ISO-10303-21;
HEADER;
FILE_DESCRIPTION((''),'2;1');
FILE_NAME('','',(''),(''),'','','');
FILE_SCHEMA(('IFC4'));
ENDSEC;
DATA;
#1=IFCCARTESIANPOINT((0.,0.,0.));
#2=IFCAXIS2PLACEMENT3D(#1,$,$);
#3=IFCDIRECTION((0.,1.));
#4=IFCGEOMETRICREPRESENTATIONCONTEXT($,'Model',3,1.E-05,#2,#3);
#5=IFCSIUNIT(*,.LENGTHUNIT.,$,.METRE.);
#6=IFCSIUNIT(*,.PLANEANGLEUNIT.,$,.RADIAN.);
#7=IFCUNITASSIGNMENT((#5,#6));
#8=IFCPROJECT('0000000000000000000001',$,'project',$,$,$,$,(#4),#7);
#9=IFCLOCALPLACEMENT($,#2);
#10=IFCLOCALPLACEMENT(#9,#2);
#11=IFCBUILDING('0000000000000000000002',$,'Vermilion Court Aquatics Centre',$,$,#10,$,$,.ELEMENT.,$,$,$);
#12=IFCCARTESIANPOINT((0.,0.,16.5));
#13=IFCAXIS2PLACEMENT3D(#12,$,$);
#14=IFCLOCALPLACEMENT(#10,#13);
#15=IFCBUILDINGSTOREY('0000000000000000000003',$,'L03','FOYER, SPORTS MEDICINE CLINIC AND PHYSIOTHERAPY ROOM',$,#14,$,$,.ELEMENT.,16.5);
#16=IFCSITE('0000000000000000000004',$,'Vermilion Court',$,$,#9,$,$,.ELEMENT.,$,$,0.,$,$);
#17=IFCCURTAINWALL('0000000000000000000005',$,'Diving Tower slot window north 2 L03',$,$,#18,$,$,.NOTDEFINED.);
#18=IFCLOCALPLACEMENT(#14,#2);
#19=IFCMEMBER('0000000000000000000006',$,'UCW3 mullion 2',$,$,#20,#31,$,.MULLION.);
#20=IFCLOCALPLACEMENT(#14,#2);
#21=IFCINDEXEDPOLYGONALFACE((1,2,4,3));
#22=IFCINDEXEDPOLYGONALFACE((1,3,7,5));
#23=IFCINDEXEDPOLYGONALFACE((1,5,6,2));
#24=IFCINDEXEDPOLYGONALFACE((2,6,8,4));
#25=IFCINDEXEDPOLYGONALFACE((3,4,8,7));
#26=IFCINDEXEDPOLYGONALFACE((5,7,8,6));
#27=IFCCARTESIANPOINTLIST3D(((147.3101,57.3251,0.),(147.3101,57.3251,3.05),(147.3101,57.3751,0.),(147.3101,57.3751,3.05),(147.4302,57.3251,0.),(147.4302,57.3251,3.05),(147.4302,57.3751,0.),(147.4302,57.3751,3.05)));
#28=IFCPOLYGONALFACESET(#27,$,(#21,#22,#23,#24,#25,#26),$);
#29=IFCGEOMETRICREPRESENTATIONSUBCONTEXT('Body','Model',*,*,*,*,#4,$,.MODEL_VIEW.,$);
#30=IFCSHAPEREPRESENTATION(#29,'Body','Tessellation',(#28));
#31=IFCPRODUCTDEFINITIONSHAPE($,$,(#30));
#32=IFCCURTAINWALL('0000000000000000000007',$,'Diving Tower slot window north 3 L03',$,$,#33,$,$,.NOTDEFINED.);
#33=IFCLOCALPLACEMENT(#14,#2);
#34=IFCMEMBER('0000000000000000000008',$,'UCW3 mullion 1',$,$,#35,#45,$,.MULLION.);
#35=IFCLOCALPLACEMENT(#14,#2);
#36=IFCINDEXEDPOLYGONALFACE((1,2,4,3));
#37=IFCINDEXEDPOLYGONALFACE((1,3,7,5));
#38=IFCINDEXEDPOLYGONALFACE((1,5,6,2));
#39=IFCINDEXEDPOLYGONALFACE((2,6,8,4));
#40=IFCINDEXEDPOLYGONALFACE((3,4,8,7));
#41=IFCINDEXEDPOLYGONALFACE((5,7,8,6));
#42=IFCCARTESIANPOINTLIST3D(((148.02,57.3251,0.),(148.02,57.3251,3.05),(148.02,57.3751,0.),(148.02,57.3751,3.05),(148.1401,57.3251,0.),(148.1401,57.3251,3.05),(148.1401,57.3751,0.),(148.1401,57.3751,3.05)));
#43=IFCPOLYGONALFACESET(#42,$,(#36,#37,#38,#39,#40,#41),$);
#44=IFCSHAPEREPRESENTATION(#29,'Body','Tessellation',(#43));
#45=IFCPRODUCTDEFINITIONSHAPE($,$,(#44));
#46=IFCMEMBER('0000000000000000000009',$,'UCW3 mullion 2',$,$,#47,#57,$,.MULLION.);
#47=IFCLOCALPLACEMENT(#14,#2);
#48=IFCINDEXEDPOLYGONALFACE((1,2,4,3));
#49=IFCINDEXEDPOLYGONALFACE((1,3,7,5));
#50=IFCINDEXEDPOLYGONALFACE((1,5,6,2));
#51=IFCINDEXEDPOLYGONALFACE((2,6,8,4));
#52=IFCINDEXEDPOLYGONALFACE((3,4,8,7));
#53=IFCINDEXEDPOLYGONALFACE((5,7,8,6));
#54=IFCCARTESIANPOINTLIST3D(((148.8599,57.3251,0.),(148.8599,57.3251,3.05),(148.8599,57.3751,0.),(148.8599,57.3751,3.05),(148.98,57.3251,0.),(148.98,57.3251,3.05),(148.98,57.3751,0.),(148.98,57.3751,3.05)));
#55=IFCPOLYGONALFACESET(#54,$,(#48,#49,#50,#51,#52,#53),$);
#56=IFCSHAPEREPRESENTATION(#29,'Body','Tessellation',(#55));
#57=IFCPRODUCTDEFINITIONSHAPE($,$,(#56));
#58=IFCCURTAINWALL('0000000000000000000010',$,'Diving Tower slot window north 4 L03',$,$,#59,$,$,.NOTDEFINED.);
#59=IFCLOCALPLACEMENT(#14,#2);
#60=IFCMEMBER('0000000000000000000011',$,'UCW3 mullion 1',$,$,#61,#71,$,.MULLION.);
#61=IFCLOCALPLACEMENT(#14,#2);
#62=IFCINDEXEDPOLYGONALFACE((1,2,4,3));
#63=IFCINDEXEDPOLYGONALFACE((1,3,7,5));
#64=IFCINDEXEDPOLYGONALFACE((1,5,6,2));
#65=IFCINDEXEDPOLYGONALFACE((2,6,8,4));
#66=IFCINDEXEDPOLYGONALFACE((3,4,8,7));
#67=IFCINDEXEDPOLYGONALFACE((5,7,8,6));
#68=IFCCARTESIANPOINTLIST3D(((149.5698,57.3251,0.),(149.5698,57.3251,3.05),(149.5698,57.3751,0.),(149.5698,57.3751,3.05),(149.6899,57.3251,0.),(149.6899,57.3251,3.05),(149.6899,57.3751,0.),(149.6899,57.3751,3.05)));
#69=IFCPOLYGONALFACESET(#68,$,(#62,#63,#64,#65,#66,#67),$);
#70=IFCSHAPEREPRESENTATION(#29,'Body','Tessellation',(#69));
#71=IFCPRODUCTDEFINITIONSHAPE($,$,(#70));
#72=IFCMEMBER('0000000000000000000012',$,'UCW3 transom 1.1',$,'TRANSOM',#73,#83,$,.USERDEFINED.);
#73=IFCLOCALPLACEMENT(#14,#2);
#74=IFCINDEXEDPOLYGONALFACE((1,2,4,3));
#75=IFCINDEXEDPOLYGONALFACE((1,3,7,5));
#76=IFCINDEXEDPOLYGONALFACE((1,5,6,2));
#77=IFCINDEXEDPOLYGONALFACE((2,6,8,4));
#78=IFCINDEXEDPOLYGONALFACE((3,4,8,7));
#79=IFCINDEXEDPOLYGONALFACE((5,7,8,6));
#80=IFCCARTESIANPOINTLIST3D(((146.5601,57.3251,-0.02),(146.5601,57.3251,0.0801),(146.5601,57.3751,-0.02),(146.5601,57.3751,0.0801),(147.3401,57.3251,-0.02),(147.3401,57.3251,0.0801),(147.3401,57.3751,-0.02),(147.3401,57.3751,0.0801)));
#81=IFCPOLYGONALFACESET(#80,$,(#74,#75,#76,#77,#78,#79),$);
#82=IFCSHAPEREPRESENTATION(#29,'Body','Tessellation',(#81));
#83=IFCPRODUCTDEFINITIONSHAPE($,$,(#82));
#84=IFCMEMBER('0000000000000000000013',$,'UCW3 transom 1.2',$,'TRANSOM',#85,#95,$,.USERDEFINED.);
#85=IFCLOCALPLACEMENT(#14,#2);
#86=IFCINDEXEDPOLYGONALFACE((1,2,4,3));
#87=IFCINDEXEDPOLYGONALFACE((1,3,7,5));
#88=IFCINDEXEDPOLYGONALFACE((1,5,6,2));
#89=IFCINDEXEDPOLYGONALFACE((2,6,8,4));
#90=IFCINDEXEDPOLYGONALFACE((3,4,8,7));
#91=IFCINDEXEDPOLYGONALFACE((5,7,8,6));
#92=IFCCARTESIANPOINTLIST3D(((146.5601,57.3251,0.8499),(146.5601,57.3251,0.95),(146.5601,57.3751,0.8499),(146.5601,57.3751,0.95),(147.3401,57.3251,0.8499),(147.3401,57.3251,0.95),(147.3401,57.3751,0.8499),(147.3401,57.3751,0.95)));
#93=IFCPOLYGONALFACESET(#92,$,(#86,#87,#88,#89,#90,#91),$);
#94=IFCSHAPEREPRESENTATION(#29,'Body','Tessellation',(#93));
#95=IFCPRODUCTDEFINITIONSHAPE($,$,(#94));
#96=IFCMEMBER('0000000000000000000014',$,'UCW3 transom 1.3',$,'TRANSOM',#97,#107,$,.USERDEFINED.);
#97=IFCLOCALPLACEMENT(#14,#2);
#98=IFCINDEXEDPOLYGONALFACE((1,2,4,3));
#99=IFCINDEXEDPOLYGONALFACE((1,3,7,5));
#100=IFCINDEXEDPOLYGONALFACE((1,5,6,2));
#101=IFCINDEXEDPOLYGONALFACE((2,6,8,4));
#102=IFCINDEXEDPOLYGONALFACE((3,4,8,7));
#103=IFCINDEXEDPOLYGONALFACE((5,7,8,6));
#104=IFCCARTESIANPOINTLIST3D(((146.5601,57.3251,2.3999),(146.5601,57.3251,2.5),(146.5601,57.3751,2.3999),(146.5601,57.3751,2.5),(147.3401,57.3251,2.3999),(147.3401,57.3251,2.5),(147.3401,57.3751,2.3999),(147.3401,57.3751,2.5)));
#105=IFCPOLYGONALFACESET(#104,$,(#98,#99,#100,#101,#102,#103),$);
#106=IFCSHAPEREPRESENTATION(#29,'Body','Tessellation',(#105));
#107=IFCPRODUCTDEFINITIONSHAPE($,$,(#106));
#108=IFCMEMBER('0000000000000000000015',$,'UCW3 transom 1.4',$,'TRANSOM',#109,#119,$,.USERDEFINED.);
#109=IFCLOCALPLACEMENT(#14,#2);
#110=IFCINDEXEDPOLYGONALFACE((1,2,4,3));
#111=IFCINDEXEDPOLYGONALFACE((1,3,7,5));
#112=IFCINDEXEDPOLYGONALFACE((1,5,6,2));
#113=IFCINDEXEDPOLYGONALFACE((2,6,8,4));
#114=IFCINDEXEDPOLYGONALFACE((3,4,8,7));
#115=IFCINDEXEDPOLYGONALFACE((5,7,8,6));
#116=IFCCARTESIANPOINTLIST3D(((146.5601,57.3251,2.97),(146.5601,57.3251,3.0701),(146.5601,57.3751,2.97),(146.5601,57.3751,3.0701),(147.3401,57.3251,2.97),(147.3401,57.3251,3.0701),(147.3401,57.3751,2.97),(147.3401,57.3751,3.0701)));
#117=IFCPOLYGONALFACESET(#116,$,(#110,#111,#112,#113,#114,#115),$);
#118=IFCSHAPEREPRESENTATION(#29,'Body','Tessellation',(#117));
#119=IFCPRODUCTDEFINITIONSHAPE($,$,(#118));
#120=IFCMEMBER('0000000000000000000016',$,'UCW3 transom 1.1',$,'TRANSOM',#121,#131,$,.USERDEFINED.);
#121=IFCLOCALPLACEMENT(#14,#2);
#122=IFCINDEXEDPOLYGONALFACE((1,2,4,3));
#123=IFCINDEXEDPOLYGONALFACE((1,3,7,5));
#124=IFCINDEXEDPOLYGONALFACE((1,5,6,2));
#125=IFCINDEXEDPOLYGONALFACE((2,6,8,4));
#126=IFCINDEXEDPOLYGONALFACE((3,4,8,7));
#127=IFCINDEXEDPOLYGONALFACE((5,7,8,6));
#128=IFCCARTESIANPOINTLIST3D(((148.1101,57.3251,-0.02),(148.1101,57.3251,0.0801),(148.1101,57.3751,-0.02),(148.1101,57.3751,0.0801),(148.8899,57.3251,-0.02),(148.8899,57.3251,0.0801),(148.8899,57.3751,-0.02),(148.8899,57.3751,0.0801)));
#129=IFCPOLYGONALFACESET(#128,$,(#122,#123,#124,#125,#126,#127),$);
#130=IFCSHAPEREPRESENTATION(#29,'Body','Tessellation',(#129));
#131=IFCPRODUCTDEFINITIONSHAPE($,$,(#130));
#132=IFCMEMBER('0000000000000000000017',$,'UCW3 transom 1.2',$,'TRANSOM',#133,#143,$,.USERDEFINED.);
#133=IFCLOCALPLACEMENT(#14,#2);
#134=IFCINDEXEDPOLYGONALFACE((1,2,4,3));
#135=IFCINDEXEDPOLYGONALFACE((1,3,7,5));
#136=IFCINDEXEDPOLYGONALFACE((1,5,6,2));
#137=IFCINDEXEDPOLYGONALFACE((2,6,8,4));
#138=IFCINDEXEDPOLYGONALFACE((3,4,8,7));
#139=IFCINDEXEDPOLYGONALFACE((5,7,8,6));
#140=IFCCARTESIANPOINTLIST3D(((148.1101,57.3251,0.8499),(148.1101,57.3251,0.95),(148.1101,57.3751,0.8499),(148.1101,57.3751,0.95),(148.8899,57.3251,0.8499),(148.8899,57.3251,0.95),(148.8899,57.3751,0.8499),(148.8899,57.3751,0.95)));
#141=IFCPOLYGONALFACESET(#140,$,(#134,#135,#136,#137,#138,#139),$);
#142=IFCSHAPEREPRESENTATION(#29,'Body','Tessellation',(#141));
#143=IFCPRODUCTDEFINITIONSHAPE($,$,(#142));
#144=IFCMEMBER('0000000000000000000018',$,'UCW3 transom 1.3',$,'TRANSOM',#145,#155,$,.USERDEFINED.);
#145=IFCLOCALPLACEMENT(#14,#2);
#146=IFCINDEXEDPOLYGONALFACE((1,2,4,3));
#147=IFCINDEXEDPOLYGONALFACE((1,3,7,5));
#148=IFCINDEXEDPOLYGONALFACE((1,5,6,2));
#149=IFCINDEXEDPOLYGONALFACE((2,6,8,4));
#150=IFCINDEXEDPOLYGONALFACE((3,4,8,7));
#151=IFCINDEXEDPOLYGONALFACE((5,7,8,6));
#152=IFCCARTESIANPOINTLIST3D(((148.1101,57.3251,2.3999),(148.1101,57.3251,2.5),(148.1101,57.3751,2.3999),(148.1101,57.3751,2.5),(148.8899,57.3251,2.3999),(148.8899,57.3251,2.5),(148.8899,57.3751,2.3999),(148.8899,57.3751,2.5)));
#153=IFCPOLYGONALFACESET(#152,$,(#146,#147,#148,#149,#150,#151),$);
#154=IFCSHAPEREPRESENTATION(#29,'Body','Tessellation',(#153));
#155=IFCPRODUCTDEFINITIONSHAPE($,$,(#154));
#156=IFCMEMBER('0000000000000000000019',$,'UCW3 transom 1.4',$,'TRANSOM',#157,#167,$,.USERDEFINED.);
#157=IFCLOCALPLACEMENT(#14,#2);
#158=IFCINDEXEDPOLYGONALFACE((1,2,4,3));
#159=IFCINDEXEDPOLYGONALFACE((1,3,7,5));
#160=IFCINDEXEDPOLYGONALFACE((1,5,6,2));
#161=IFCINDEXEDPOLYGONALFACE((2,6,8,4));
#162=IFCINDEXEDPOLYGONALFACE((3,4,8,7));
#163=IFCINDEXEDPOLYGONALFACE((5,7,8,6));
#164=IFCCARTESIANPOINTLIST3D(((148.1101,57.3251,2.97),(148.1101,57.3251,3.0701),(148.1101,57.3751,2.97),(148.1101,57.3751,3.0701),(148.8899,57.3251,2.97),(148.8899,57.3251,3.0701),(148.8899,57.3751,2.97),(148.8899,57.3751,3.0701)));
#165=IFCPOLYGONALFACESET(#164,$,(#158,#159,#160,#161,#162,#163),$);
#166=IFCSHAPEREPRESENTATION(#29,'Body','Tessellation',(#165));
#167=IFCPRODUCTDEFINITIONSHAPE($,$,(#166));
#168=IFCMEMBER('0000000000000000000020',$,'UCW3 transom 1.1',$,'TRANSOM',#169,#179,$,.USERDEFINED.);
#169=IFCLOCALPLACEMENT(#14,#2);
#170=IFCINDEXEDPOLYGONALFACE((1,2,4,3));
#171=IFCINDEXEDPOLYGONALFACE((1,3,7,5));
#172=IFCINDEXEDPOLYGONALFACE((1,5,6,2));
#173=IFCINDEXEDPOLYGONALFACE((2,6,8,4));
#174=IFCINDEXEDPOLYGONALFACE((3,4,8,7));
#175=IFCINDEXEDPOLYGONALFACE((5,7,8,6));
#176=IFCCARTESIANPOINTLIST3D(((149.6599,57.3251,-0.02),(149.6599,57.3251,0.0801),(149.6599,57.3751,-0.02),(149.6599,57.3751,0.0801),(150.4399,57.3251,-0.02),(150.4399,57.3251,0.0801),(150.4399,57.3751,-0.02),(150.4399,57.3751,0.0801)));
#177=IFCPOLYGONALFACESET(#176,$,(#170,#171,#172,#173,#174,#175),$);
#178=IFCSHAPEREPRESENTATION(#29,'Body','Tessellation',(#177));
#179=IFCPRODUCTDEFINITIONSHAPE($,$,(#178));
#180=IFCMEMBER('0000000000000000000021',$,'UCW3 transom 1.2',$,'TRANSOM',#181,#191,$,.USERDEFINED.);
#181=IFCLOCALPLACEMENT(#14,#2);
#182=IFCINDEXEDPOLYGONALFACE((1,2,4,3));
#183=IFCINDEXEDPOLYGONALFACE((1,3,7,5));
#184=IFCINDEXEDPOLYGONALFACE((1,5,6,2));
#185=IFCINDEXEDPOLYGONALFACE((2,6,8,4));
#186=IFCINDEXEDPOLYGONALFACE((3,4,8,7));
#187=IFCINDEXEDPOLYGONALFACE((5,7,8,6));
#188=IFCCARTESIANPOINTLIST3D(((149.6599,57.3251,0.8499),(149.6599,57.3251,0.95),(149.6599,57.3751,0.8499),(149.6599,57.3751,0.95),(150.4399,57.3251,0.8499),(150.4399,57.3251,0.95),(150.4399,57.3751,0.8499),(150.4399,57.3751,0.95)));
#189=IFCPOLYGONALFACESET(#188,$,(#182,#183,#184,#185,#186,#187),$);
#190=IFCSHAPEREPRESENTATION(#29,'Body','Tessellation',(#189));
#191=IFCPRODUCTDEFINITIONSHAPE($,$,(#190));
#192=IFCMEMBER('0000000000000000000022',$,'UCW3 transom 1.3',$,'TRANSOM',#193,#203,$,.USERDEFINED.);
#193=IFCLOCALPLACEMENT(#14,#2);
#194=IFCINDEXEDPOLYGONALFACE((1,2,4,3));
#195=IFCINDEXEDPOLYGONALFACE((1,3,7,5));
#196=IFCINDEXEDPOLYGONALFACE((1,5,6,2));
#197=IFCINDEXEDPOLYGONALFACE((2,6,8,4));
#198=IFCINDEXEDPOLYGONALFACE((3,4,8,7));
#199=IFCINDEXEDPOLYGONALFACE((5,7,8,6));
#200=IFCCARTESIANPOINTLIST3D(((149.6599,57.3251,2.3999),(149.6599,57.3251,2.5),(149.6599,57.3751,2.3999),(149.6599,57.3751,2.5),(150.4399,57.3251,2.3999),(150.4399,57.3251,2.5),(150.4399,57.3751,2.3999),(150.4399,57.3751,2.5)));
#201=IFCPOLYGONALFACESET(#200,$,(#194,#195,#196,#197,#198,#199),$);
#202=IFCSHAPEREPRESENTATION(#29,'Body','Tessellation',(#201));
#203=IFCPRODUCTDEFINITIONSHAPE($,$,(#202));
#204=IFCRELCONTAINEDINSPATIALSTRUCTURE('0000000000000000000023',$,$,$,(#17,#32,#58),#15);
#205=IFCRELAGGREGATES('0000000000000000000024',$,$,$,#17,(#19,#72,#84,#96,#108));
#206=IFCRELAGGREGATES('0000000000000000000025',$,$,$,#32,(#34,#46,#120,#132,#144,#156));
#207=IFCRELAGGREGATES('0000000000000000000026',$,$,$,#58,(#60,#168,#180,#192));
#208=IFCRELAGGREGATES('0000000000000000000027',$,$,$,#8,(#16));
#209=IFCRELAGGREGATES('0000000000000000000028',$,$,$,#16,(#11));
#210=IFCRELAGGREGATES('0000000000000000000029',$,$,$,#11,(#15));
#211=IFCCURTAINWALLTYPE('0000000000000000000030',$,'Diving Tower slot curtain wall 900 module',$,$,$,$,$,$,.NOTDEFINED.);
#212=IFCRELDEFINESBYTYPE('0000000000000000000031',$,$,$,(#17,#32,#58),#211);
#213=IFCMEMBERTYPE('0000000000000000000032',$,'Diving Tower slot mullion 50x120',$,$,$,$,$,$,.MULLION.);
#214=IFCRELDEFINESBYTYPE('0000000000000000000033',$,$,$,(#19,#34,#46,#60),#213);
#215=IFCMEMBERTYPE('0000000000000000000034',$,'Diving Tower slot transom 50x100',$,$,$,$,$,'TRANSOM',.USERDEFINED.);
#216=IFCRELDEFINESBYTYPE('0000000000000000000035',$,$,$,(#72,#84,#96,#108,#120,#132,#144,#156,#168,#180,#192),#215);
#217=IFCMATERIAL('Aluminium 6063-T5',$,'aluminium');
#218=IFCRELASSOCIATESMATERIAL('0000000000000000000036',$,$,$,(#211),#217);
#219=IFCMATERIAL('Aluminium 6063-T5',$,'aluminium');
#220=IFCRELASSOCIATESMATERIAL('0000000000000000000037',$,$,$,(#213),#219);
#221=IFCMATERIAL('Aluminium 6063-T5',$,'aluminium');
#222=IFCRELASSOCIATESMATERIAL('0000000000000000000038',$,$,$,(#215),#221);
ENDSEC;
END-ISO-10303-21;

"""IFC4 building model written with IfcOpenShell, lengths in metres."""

from ifc_helpers import new_model, si_unit, direction, frame, origin, origin_2d, place, context, subcontext, project, spatial, rectangle, extrude, material, material_profile, profile_set, type_object, element, aggregate, save


model = new_model("IFC4")

# Units and contexts
model_context = context("Model", 3, precision=1e-05, world=origin(), true_north=direction((0.0, 1.0)))
body_context = subcontext(model_context, "Body", "Model", "MODEL_VIEW")
ifc_project = project(units=[si_unit("LENGTHUNIT", "METRE"), si_unit("PLANEANGLEUNIT", "RADIAN")], contexts=[model_context])

# Site, building, storey
site_placement = place(None, origin())
site = spatial("IfcSite", under=ifc_project, at=site_placement, Name="Vermilion Court", CompositionType="ELEMENT", RefElevation=0.0)
building_placement = place(site_placement, origin())
building = spatial("IfcBuilding", under=site, at=building_placement, Name="Vermilion Court Aquatics Centre", CompositionType="ELEMENT")
storey_placement = place(building_placement, frame((0.0, 0.0, 16.5)))
storey = spatial("IfcBuildingStorey", under=building, at=storey_placement, Name="L03", Description="FOYER, SPORTS MEDICINE CLINIC AND PHYSIOTHERAPY ROOM", CompositionType="ELEMENT", Elevation=16.5)

# Curtain wall, member
ifc_material_1 = material(Name="Aluminium 6063-T5", Category="aluminium")
curtain_wall_type = type_object("IfcCurtainWallType", Name="Diving Tower slot curtain wall 900 module", PredefinedType="NOTDEFINED", material=ifc_material_1)
curtain_wall_1_placement = place(storey_placement, origin())
curtain_wall_1 = element("IfcCurtainWall", 1, at=curtain_wall_1_placement, inside=storey, type_object=curtain_wall_type, Name="Diving Tower slot window north 2 L03", PredefinedType="NOTDEFINED")
ifc_material_2 = material(Name="Aluminium 6063-T5", Category="aluminium")
ifc_material_profile_1 = material_profile(ifc_material_2, rectangle(XDim=0.05, YDim=0.1201, at=origin_2d()), Name="AL 50x120")
ifc_profile_set_1 = profile_set([ifc_material_profile_1], Name="Aluminium 6063-T5")
member_type_1 = type_object("IfcMemberType", Name="Diving Tower slot mullion 50x120", PredefinedType="MULLION", material=ifc_profile_set_1)
member_1_placement = place(storey_placement, frame((147.3701, 57.3501, 0.0), z_axis=(0.0, 0.0, 1.0), x_axis=(0.0, 1.0, 0.0)))
member_1 = element("IfcMember", 2, at=member_1_placement, type_object=member_type_1, Name="UCW3 mullion 2", PredefinedType="MULLION", context=body_context, shape_type="SweptSolid", body=[
    extrude(rectangle(XDim=0.05, YDim=0.1201, at=origin_2d()), origin(), (0.0, 0.0, 1.0), 3.05),
])

# Curtain wall, members
curtain_wall_2_placement = place(storey_placement, origin())
curtain_wall_2 = element("IfcCurtainWall", 3, at=curtain_wall_2_placement, inside=storey, type_object=curtain_wall_type, Name="Diving Tower slot window north 3 L03", PredefinedType="NOTDEFINED")
member_2_placement = place(storey_placement, frame((148.0801, 57.3501, 0.0), z_axis=(0.0, 0.0, 1.0), x_axis=(0.0, 1.0, 0.0)))
member_2 = element("IfcMember", 4, at=member_2_placement, type_object=member_type_1, Name="UCW3 mullion 1", PredefinedType="MULLION", context=body_context, shape_type="SweptSolid", body=[
    extrude(rectangle(XDim=0.05, YDim=0.1201, at=origin_2d()), origin(), (0.0, 0.0, 1.0), 3.05),
])
member_3_placement = place(storey_placement, frame((148.9199, 57.3501, 0.0), z_axis=(0.0, 0.0, 1.0), x_axis=(0.0, 1.0, 0.0)))
member_3 = element("IfcMember", 5, at=member_3_placement, type_object=member_type_1, Name="UCW3 mullion 2", PredefinedType="MULLION", context=body_context, shape_type="SweptSolid", body=[
    extrude(rectangle(XDim=0.05, YDim=0.1201, at=origin_2d()), origin(), (0.0, 0.0, 1.0), 3.05),
])

# Curtain wall, member
curtain_wall_3_placement = place(storey_placement, origin())
curtain_wall_3 = element("IfcCurtainWall", 6, at=curtain_wall_3_placement, inside=storey, type_object=curtain_wall_type, Name="Diving Tower slot window north 4 L03", PredefinedType="NOTDEFINED")
member_4_placement = place(storey_placement, frame((149.6299, 57.3501, 0.0), z_axis=(0.0, 0.0, 1.0), x_axis=(0.0, 1.0, 0.0)))
member_4 = element("IfcMember", 7, at=member_4_placement, type_object=member_type_1, Name="UCW3 mullion 1", PredefinedType="MULLION", context=body_context, shape_type="SweptSolid", body=[
    extrude(rectangle(XDim=0.05, YDim=0.1201, at=origin_2d()), origin(), (0.0, 0.0, 1.0), 3.05),
])

# Members
ifc_material_3 = material(Name="Aluminium 6063-T5", Category="aluminium")
ifc_material_profile_2 = material_profile(ifc_material_3, rectangle(XDim=0.05, YDim=0.1001, at=origin_2d()), Name="AL 50x100")
ifc_profile_set_2 = profile_set([ifc_material_profile_2], Name="Aluminium 6063-T5")
member_type_2 = type_object("IfcMemberType", Name="Diving Tower slot transom 50x100", ElementType="TRANSOM", PredefinedType="USERDEFINED", material=ifc_profile_set_2)
member_5_placement = place(storey_placement, frame((146.5601, 57.3501, 0.03), z_axis=(1.0, 0.0, 0.0), x_axis=(0.0, 1.0, 0.0)))
member_5 = element("IfcMember", 8, at=member_5_placement, type_object=member_type_2, Name="UCW3 transom 1.1", ObjectType="TRANSOM", PredefinedType="USERDEFINED", context=body_context, shape_type="SweptSolid", body=[
    extrude(rectangle(XDim=0.05, YDim=0.1001, at=origin_2d()), origin(), (0.0, 0.0, 1.0), 0.78),
])
member_6_placement = place(storey_placement, frame((146.5601, 57.3501, 0.8999), z_axis=(1.0, 0.0, 0.0), x_axis=(0.0, 1.0, 0.0)))
member_6 = element("IfcMember", 9, at=member_6_placement, type_object=member_type_2, Name="UCW3 transom 1.2", ObjectType="TRANSOM", PredefinedType="USERDEFINED", context=body_context, shape_type="SweptSolid", body=[
    extrude(rectangle(XDim=0.05, YDim=0.1001, at=origin_2d()), origin(), (0.0, 0.0, 1.0), 0.78),
])
member_7_placement = place(storey_placement, frame((146.5601, 57.3501, 2.45), z_axis=(1.0, 0.0, 0.0), x_axis=(0.0, 1.0, 0.0)))
member_7 = element("IfcMember", 10, at=member_7_placement, type_object=member_type_2, Name="UCW3 transom 1.3", ObjectType="TRANSOM", PredefinedType="USERDEFINED", context=body_context, shape_type="SweptSolid", body=[
    extrude(rectangle(XDim=0.05, YDim=0.1001, at=origin_2d()), origin(), (0.0, 0.0, 1.0), 0.78),
])
member_8_placement = place(storey_placement, frame((146.5601, 57.3501, 3.02), z_axis=(1.0, 0.0, 0.0), x_axis=(0.0, 1.0, 0.0)))
member_8 = element("IfcMember", 11, at=member_8_placement, type_object=member_type_2, Name="UCW3 transom 1.4", ObjectType="TRANSOM", PredefinedType="USERDEFINED", context=body_context, shape_type="SweptSolid", body=[
    extrude(rectangle(XDim=0.05, YDim=0.1001, at=origin_2d()), origin(), (0.0, 0.0, 1.0), 0.78),
])
member_9_placement = place(storey_placement, frame((148.1101, 57.3501, 0.03), z_axis=(1.0, 0.0, 0.0), x_axis=(0.0, 1.0, 0.0)))
member_9 = element("IfcMember", 12, at=member_9_placement, type_object=member_type_2, Name="UCW3 transom 1.1", ObjectType="TRANSOM", PredefinedType="USERDEFINED", context=body_context, shape_type="SweptSolid", body=[
    extrude(rectangle(XDim=0.05, YDim=0.1001, at=origin_2d()), origin(), (0.0, 0.0, 1.0), 0.7798),
])
member_10_placement = place(storey_placement, frame((148.1101, 57.3501, 0.8999), z_axis=(1.0, 0.0, 0.0), x_axis=(0.0, 1.0, 0.0)))
member_10 = element("IfcMember", 13, at=member_10_placement, type_object=member_type_2, Name="UCW3 transom 1.2", ObjectType="TRANSOM", PredefinedType="USERDEFINED", context=body_context, shape_type="SweptSolid", body=[
    extrude(rectangle(XDim=0.05, YDim=0.1001, at=origin_2d()), origin(), (0.0, 0.0, 1.0), 0.7798),
])
member_11_placement = place(storey_placement, frame((148.1101, 57.3501, 2.45), z_axis=(1.0, 0.0, 0.0), x_axis=(0.0, 1.0, 0.0)))
member_11 = element("IfcMember", 14, at=member_11_placement, type_object=member_type_2, Name="UCW3 transom 1.3", ObjectType="TRANSOM", PredefinedType="USERDEFINED", context=body_context, shape_type="SweptSolid", body=[
    extrude(rectangle(XDim=0.05, YDim=0.1001, at=origin_2d()), origin(), (0.0, 0.0, 1.0), 0.7798),
])
member_12_placement = place(storey_placement, frame((148.1101, 57.3501, 3.02), z_axis=(1.0, 0.0, 0.0), x_axis=(0.0, 1.0, 0.0)))
member_12 = element("IfcMember", 15, at=member_12_placement, type_object=member_type_2, Name="UCW3 transom 1.4", ObjectType="TRANSOM", PredefinedType="USERDEFINED", context=body_context, shape_type="SweptSolid", body=[
    extrude(rectangle(XDim=0.05, YDim=0.1001, at=origin_2d()), origin(), (0.0, 0.0, 1.0), 0.7798),
])
member_13_placement = place(storey_placement, frame((149.6599, 57.3501, 0.03), z_axis=(1.0, 0.0, 0.0), x_axis=(0.0, 1.0, 0.0)))
member_13 = element("IfcMember", 16, at=member_13_placement, type_object=member_type_2, Name="UCW3 transom 1.1", ObjectType="TRANSOM", PredefinedType="USERDEFINED", context=body_context, shape_type="SweptSolid", body=[
    extrude(rectangle(XDim=0.05, YDim=0.1001, at=origin_2d()), origin(), (0.0, 0.0, 1.0), 0.78),
])
member_14_placement = place(storey_placement, frame((149.6599, 57.3501, 0.8999), z_axis=(1.0, 0.0, 0.0), x_axis=(0.0, 1.0, 0.0)))
member_14 = element("IfcMember", 17, at=member_14_placement, type_object=member_type_2, Name="UCW3 transom 1.2", ObjectType="TRANSOM", PredefinedType="USERDEFINED", context=body_context, shape_type="SweptSolid", body=[
    extrude(rectangle(XDim=0.05, YDim=0.1001, at=origin_2d()), origin(), (0.0, 0.0, 1.0), 0.78),
])
member_15_placement = place(storey_placement, frame((149.6599, 57.3501, 2.45), z_axis=(1.0, 0.0, 0.0), x_axis=(0.0, 1.0, 0.0)))
member_15 = element("IfcMember", 18, at=member_15_placement, type_object=member_type_2, Name="UCW3 transom 1.3", ObjectType="TRANSOM", PredefinedType="USERDEFINED", context=body_context, shape_type="SweptSolid", body=[
    extrude(rectangle(XDim=0.05, YDim=0.1001, at=origin_2d()), origin(), (0.0, 0.0, 1.0), 0.78),
])

aggregate(curtain_wall_1, [member_1, member_5, member_6, member_7, member_8])
aggregate(curtain_wall_2, [member_2, member_3, member_9, member_10, member_11, member_12])
aggregate(curtain_wall_3, [member_4, member_13, member_14, member_15])

save(model, "model.ifc")
